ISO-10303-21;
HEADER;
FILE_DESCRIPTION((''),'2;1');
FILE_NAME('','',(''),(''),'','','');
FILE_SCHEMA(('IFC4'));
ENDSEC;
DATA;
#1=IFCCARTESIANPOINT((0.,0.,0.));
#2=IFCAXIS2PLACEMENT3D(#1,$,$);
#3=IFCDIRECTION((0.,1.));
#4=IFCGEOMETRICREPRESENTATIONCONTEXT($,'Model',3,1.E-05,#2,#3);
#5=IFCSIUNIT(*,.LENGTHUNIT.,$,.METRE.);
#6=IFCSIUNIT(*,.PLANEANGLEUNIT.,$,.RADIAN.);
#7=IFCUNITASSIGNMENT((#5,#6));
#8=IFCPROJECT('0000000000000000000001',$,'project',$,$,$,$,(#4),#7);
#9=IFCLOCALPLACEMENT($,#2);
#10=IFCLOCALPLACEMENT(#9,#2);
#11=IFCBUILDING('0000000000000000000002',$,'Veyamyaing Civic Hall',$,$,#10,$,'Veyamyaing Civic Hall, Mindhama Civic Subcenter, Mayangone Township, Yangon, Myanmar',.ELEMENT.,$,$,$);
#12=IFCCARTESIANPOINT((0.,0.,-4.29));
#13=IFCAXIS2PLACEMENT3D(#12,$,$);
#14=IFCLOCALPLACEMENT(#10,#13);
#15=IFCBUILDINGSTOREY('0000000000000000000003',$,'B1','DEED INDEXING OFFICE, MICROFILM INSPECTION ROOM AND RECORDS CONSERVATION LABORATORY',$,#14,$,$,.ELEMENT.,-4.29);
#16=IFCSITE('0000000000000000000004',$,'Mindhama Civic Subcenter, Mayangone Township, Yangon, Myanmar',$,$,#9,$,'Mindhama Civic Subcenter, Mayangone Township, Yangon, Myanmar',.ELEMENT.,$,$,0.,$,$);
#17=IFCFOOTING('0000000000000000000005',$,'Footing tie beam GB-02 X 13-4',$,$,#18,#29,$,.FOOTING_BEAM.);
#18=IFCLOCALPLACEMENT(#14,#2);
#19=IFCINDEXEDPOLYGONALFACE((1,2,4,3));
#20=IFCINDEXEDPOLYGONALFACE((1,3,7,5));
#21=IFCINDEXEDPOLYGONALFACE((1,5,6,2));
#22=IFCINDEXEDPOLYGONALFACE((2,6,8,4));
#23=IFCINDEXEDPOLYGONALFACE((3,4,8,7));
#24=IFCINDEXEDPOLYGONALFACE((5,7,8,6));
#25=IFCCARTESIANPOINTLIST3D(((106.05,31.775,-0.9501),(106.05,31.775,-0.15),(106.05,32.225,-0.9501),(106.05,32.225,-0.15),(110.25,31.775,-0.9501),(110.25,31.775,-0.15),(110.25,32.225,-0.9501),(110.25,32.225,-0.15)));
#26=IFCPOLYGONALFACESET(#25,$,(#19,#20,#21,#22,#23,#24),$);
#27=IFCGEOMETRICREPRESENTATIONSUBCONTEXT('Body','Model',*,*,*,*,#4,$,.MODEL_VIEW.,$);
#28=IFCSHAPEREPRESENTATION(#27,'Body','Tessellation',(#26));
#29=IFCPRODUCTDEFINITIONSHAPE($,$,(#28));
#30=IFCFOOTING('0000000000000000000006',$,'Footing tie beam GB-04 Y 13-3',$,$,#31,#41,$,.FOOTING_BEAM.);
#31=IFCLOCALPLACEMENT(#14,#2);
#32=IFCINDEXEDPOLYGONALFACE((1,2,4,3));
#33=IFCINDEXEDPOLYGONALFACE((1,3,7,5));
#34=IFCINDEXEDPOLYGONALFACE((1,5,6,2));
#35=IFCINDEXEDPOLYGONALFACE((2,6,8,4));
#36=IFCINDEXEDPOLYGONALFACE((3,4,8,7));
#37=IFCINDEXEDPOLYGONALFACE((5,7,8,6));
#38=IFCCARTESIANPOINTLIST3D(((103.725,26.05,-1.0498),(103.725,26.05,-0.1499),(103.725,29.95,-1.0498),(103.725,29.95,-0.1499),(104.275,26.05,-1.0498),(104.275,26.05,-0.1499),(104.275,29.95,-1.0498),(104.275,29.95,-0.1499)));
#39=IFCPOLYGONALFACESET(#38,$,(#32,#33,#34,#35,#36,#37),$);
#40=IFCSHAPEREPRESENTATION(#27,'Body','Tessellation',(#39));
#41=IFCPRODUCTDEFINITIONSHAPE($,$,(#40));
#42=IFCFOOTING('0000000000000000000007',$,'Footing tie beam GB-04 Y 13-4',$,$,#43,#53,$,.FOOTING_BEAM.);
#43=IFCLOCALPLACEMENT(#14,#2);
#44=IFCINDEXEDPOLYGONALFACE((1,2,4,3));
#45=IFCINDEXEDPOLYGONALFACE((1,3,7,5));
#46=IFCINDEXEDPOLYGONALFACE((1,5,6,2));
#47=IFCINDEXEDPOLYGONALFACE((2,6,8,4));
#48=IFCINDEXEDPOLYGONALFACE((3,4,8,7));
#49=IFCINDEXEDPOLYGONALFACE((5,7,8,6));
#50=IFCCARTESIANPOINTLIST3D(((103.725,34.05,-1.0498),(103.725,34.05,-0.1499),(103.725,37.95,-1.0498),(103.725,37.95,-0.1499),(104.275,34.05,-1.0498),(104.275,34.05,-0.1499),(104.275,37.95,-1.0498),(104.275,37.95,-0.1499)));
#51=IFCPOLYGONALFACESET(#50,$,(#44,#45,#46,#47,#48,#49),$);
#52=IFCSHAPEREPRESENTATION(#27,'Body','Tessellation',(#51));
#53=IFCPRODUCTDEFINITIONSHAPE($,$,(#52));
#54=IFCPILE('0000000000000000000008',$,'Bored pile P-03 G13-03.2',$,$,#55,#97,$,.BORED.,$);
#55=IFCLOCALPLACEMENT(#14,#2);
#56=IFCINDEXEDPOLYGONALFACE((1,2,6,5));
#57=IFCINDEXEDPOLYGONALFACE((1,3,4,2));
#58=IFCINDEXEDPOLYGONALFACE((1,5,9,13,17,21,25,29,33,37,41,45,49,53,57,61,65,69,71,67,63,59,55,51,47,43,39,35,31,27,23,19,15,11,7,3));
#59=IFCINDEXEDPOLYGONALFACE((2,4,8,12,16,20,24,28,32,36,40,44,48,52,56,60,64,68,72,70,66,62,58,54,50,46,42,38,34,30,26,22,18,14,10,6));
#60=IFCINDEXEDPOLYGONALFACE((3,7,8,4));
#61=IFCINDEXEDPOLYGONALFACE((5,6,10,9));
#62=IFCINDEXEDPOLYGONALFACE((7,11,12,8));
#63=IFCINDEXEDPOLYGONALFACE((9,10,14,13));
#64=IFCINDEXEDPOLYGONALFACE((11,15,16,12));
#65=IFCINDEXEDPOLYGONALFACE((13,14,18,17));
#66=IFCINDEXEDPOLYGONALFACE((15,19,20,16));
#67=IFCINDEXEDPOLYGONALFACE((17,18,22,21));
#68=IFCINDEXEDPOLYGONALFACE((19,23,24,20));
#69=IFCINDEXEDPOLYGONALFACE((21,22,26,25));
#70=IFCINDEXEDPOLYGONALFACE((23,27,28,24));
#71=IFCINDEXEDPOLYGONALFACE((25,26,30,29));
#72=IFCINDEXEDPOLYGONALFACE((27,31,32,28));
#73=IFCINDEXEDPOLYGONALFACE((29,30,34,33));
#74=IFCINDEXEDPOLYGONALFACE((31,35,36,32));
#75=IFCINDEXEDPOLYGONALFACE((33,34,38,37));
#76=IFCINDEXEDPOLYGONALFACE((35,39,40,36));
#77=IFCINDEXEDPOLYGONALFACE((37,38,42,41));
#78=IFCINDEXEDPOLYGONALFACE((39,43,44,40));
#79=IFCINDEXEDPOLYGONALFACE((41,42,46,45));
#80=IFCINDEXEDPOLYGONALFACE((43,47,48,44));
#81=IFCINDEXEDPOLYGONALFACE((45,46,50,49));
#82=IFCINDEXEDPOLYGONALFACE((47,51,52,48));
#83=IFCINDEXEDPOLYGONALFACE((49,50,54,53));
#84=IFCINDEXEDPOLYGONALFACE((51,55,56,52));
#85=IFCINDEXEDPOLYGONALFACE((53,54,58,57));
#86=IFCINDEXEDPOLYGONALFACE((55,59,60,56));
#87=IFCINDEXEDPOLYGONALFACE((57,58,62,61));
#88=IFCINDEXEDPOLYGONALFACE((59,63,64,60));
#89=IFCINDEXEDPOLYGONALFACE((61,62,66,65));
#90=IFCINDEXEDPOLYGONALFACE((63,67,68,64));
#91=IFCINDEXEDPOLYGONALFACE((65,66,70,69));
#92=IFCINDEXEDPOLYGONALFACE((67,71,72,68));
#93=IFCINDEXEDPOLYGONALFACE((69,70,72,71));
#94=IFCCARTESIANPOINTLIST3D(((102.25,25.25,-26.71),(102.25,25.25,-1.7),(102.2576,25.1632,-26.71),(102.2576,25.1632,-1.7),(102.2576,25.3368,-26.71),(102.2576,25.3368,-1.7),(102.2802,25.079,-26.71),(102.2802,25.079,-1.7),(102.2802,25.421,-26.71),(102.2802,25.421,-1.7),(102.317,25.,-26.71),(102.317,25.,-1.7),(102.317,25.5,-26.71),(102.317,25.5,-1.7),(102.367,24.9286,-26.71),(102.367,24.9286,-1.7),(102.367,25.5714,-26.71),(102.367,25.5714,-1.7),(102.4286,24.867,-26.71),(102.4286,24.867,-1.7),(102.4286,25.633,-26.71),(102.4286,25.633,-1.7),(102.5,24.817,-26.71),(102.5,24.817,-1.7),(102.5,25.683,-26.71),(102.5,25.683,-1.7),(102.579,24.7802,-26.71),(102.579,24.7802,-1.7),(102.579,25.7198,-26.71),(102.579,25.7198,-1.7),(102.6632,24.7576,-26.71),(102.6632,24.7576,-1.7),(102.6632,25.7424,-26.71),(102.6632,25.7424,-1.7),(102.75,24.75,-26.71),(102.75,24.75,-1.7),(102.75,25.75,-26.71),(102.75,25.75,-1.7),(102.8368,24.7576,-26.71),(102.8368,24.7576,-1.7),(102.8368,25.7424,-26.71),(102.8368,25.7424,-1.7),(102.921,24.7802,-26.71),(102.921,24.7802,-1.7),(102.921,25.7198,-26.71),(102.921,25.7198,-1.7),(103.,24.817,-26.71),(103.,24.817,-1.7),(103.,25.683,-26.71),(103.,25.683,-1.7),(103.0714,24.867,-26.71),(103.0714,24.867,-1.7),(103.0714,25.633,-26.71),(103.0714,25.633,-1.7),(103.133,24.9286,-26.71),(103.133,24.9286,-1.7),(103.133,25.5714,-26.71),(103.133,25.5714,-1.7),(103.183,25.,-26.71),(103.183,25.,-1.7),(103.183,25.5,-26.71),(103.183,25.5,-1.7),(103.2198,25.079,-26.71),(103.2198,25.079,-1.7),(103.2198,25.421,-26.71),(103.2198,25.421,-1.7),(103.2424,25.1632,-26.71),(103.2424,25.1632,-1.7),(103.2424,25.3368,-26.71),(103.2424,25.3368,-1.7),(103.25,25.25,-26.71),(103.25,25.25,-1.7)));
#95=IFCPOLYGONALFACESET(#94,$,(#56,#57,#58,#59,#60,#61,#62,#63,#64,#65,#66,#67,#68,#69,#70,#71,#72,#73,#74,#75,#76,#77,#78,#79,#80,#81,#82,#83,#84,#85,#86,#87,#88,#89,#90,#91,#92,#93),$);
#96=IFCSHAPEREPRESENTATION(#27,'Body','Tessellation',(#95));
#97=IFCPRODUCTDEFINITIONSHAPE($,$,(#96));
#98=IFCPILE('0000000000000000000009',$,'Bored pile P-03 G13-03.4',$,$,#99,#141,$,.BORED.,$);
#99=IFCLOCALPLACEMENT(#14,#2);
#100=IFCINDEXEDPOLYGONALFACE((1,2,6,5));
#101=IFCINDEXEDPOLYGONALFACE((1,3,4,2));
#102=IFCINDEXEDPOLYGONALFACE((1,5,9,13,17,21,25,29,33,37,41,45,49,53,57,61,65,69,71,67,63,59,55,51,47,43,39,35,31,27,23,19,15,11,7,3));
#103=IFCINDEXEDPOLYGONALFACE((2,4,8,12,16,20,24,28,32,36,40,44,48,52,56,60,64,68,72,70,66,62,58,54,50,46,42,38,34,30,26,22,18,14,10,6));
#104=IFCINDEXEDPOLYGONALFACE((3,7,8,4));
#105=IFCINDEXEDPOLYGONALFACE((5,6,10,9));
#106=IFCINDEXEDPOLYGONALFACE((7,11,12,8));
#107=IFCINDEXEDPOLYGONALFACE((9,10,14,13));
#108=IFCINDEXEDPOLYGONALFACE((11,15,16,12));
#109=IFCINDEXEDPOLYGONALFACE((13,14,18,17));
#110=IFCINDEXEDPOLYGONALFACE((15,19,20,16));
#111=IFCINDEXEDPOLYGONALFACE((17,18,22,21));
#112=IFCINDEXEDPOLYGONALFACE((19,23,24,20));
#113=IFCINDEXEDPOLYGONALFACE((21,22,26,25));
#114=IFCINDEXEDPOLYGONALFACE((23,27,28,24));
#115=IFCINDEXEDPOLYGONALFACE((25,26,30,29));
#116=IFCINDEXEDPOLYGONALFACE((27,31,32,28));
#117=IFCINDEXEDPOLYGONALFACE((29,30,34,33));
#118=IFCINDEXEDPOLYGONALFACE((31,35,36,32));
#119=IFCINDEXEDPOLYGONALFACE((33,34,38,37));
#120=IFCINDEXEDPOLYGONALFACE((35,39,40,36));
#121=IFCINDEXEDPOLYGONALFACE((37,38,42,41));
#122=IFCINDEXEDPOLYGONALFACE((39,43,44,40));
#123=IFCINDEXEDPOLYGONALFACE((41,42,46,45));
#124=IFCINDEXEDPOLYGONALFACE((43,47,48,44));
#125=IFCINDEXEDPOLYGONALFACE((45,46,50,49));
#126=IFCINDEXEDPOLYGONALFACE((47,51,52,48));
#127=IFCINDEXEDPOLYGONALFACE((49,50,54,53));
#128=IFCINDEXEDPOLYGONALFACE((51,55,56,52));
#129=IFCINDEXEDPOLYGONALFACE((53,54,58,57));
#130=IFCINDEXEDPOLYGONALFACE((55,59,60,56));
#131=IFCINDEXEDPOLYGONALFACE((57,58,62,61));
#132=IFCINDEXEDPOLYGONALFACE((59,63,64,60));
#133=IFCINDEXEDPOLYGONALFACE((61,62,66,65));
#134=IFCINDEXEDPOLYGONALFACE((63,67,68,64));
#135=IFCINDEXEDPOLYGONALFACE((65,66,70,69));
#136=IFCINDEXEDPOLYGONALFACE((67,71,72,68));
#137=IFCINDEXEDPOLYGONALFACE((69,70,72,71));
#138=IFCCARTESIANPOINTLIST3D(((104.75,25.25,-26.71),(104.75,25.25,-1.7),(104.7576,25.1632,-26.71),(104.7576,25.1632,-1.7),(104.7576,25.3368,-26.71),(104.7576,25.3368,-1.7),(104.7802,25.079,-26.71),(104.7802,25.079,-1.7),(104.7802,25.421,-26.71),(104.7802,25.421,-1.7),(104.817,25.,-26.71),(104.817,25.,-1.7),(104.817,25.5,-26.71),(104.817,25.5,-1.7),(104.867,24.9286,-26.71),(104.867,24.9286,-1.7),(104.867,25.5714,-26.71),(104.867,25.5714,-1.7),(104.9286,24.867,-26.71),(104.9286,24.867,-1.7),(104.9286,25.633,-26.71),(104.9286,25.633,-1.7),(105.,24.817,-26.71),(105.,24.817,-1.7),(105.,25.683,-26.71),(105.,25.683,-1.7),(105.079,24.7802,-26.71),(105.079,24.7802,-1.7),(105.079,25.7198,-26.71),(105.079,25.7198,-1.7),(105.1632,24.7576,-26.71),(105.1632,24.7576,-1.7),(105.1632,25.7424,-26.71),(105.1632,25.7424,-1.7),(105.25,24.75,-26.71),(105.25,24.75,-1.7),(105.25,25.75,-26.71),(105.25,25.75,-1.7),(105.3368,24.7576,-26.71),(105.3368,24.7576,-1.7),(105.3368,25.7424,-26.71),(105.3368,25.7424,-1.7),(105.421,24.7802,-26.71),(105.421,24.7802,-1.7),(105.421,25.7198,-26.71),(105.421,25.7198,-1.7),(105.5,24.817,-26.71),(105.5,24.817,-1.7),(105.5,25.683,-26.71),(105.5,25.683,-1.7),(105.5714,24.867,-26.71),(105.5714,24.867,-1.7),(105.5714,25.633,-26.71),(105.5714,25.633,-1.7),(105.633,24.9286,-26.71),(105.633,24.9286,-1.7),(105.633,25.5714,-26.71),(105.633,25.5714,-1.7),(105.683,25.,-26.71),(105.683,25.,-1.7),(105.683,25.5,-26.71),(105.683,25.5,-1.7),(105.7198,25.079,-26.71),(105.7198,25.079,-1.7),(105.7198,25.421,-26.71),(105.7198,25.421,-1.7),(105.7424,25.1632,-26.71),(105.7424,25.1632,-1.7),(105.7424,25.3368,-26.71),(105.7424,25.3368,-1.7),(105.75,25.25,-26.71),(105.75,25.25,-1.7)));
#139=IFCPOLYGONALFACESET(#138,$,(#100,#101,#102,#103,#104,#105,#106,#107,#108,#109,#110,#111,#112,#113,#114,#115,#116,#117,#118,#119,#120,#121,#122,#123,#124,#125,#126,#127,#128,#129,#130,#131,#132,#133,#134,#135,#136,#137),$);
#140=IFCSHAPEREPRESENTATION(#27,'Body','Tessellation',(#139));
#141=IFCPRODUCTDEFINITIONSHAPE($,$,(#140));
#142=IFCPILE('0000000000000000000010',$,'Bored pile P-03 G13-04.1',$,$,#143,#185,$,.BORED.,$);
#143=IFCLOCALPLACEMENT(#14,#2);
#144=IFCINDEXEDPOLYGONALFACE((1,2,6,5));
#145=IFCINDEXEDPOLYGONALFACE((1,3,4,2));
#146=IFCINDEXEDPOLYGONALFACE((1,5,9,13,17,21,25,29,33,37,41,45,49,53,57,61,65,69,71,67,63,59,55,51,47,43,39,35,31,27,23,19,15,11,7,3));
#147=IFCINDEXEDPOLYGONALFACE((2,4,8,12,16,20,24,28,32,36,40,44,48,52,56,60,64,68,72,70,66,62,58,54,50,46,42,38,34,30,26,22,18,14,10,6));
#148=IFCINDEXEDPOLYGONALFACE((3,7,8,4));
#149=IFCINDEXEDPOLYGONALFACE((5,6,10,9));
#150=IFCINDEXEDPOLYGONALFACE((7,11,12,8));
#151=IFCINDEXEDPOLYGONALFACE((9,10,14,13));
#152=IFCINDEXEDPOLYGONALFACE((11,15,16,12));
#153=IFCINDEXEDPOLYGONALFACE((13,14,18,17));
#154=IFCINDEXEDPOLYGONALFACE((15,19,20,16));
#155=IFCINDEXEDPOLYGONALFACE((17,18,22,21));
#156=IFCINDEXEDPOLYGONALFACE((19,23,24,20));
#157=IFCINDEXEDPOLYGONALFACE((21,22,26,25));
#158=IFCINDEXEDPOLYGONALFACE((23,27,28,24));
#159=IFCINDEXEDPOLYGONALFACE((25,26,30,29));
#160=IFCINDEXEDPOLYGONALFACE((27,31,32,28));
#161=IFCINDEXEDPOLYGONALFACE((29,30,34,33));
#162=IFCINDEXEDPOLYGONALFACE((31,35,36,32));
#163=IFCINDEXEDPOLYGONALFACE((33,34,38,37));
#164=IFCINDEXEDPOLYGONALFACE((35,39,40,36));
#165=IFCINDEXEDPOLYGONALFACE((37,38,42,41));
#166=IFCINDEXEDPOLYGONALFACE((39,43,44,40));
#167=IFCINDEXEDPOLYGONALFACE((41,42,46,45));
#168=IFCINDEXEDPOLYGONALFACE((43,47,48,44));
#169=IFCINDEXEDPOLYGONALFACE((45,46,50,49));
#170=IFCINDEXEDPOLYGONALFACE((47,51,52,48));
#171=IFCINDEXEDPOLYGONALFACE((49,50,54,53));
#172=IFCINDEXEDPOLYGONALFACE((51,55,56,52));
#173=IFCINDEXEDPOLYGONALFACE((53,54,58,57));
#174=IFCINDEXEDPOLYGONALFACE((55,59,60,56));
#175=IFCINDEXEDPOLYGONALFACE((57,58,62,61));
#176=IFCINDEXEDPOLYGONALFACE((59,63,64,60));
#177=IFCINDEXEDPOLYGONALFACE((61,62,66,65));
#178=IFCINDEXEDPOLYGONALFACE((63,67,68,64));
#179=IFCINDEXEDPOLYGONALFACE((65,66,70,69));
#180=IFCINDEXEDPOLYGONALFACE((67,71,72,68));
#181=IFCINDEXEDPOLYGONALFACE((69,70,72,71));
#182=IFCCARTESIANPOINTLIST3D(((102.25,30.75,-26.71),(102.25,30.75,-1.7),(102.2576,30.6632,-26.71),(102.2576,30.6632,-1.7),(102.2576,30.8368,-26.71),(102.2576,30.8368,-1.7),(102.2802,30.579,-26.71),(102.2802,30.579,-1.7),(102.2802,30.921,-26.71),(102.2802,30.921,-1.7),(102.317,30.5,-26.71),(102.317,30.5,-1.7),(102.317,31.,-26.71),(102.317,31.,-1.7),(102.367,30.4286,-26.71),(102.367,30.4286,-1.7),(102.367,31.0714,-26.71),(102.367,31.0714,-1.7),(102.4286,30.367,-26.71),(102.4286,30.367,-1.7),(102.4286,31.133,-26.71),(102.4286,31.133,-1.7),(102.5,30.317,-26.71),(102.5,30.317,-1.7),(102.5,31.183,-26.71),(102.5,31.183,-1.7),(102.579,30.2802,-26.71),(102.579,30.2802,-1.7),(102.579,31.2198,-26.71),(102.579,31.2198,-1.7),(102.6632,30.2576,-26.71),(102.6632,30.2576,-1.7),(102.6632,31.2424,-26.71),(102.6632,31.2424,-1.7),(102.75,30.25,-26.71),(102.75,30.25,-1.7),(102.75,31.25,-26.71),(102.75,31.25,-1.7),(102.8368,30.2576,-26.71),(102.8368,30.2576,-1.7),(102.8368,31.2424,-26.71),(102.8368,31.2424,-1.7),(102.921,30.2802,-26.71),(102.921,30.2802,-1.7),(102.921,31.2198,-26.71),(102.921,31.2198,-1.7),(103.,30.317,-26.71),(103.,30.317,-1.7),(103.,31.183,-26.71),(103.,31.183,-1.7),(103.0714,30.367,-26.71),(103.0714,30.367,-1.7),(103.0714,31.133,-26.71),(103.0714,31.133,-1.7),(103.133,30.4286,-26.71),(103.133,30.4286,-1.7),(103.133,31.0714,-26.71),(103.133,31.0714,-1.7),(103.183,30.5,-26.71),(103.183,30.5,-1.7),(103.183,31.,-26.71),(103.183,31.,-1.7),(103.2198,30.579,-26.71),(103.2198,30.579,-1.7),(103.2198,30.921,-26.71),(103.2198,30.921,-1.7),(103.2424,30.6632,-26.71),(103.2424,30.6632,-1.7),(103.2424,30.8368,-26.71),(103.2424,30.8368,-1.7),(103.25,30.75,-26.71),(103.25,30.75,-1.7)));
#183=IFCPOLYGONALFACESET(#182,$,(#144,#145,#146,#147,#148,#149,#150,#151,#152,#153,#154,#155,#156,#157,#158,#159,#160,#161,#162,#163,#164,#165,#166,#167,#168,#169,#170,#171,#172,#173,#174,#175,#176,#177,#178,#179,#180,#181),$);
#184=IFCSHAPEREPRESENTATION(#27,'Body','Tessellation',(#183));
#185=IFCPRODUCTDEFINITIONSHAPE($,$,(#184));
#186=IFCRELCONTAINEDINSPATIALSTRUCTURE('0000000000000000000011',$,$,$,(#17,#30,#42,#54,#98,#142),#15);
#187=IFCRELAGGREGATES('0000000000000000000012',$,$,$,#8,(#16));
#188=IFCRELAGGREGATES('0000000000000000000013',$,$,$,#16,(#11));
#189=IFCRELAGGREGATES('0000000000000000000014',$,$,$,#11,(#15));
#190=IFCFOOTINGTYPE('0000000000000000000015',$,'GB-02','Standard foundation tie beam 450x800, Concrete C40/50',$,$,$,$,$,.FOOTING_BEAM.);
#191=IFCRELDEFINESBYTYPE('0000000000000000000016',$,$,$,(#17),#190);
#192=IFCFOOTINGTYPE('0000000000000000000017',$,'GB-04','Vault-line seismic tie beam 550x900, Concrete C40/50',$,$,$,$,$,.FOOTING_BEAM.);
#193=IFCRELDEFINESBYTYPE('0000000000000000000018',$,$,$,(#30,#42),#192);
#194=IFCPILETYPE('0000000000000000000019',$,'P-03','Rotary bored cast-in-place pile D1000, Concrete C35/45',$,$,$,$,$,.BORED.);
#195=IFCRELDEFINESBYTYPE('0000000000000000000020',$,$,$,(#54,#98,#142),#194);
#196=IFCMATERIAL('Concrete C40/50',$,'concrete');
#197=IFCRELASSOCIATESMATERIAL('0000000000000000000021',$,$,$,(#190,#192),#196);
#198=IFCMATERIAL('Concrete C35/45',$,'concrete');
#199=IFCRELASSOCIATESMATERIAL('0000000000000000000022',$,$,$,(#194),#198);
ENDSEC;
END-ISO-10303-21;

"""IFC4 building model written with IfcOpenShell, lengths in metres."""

from ifc_helpers import new_model, si_unit, direction, frame, origin, origin_2d, place, context, subcontext, project, spatial, rectangle, circle, extrude, material, material_profile, profile_set, type_object, element, save


model = new_model("IFC4")

# Units and contexts
model_context = context("Model", 3, precision=1e-05, world=origin(), true_north=direction((0.0, 1.0)))
body_context = subcontext(model_context, "Body", "Model", "MODEL_VIEW")
ifc_project = project(units=[si_unit("LENGTHUNIT", "METRE"), si_unit("PLANEANGLEUNIT", "RADIAN")], contexts=[model_context])

# Site, building, storey
site_placement = place(None, origin())
site = spatial("IfcSite", under=ifc_project, at=site_placement, Name="Mindhama Civic Subcenter, Mayangone Township, Yangon, Myanmar", LongName="Mindhama Civic Subcenter, Mayangone Township, Yangon, Myanmar", CompositionType="ELEMENT", RefElevation=0.0)
building_placement = place(site_placement, origin())
building = spatial("IfcBuilding", under=site, at=building_placement, Name="Veyamyaing Civic Hall", LongName="Veyamyaing Civic Hall, Mindhama Civic Subcenter, Mayangone Township, Yangon, Myanmar", CompositionType="ELEMENT")
storey_placement = place(building_placement, frame((0.0, 0.0, -4.29)))
storey = spatial("IfcBuildingStorey", under=building, at=storey_placement, Name="B1", Description="DEED INDEXING OFFICE, MICROFILM INSPECTION ROOM AND RECORDS CONSERVATION LABORATORY", CompositionType="ELEMENT", Elevation=-4.29)

# Footings
ifc_material_1 = material(Name="Concrete C40/50", Category="concrete")
ifc_material_profile_1 = material_profile(ifc_material_1, rectangle(XDim=0.45, YDim=0.8, at=origin_2d()), Name="GB-450X800")
ifc_profile_set_1 = profile_set([ifc_material_profile_1], Name="Concrete C40/50")
footing_type_1 = type_object("IfcFootingType", Name="GB-02", Description="Standard foundation tie beam 450x800, Concrete C40/50", PredefinedType="FOOTING_BEAM", material=ifc_profile_set_1)
footing_1_placement = place(storey_placement, frame((106.05, 32.0, -0.55), z_axis=(1.0, 0.0, 0.0), x_axis=(0.0, 1.0, 0.0)))
element("IfcFooting", 1, at=footing_1_placement, inside=storey, type_object=footing_type_1, Name="Footing tie beam GB-02 X 13-4", PredefinedType="FOOTING_BEAM", context=body_context, shape_type="SweptSolid", body=[
    extrude(rectangle(XDim=0.45, YDim=0.8, at=origin_2d()), origin(), (0.0, 0.0, 1.0), 4.2),
])
ifc_material_profile_2 = material_profile(ifc_material_1, rectangle(XDim=0.55, YDim=0.8999, at=origin_2d()), Name="GB-550X900")
ifc_profile_set_2 = profile_set([ifc_material_profile_2], Name="Concrete C40/50")
footing_type_2 = type_object("IfcFootingType", Name="GB-04", Description="Vault-line seismic tie beam 550x900, Concrete C40/50", PredefinedType="FOOTING_BEAM", material=ifc_profile_set_2)
for number, where, z_axis, x_axis, name in (
    (2, (104.0, 26.05, -0.5999), (0.0, 1.0, 0.0), (-1.0, 0.0, 0.0), "Footing tie beam GB-04 Y 13-3"),
    (3, (104.0, 34.05, -0.5999), (0.0, 1.0, 0.0), (-1.0, 0.0, 0.0), "Footing tie beam GB-04 Y 13-4"),
):
    element("IfcFooting", number, at=place(storey_placement, frame(where, z_axis=z_axis, x_axis=x_axis)), inside=storey, type_object=footing_type_2, Name=name, PredefinedType="FOOTING_BEAM", context=body_context, shape_type="SweptSolid", body=[
        extrude(rectangle(XDim=0.55, YDim=0.8999, at=origin_2d()), origin(), (0.0, 0.0, 1.0), 3.8999),
    ])

# Piles
ifc_material_2 = material(Name="Concrete C35/45", Category="concrete")
ifc_material_profile_3 = material_profile(ifc_material_2, circle(Radius=0.5, at=origin_2d()), Name="PILE-D1000")
ifc_profile_set_3 = profile_set([ifc_material_profile_3], Name="Concrete C35/45")
pile_type = type_object("IfcPileType", Name="P-03", Description="Rotary bored cast-in-place pile D1000, Concrete C35/45", PredefinedType="BORED", material=ifc_profile_set_3)
for number, where, z_axis, x_axis, name in (
    (4, (102.75, 25.25, -1.7), (0.0, 0.0, -1.0), (1.0, 0.0, 0.0), "Bored pile P-03 G13-03.2"),
    (5, (105.25, 25.25, -1.7), (0.0, 0.0, -1.0), (1.0, 0.0, 0.0), "Bored pile P-03 G13-03.4"),
    (6, (102.75, 30.75, -1.7), (0.0, 0.0, -1.0), (1.0, 0.0, 0.0), "Bored pile P-03 G13-04.1"),
):
    element("IfcPile", number, at=place(storey_placement, frame(where, z_axis=z_axis, x_axis=x_axis)), inside=storey, type_object=pile_type, Name=name, PredefinedType="BORED", context=body_context, shape_type="SweptSolid", body=[
        extrude(circle(Radius=0.5, at=origin_2d()), origin(), (0.0, 0.0, 1.0), 25.01),
    ])

save(model, "model.ifc")
